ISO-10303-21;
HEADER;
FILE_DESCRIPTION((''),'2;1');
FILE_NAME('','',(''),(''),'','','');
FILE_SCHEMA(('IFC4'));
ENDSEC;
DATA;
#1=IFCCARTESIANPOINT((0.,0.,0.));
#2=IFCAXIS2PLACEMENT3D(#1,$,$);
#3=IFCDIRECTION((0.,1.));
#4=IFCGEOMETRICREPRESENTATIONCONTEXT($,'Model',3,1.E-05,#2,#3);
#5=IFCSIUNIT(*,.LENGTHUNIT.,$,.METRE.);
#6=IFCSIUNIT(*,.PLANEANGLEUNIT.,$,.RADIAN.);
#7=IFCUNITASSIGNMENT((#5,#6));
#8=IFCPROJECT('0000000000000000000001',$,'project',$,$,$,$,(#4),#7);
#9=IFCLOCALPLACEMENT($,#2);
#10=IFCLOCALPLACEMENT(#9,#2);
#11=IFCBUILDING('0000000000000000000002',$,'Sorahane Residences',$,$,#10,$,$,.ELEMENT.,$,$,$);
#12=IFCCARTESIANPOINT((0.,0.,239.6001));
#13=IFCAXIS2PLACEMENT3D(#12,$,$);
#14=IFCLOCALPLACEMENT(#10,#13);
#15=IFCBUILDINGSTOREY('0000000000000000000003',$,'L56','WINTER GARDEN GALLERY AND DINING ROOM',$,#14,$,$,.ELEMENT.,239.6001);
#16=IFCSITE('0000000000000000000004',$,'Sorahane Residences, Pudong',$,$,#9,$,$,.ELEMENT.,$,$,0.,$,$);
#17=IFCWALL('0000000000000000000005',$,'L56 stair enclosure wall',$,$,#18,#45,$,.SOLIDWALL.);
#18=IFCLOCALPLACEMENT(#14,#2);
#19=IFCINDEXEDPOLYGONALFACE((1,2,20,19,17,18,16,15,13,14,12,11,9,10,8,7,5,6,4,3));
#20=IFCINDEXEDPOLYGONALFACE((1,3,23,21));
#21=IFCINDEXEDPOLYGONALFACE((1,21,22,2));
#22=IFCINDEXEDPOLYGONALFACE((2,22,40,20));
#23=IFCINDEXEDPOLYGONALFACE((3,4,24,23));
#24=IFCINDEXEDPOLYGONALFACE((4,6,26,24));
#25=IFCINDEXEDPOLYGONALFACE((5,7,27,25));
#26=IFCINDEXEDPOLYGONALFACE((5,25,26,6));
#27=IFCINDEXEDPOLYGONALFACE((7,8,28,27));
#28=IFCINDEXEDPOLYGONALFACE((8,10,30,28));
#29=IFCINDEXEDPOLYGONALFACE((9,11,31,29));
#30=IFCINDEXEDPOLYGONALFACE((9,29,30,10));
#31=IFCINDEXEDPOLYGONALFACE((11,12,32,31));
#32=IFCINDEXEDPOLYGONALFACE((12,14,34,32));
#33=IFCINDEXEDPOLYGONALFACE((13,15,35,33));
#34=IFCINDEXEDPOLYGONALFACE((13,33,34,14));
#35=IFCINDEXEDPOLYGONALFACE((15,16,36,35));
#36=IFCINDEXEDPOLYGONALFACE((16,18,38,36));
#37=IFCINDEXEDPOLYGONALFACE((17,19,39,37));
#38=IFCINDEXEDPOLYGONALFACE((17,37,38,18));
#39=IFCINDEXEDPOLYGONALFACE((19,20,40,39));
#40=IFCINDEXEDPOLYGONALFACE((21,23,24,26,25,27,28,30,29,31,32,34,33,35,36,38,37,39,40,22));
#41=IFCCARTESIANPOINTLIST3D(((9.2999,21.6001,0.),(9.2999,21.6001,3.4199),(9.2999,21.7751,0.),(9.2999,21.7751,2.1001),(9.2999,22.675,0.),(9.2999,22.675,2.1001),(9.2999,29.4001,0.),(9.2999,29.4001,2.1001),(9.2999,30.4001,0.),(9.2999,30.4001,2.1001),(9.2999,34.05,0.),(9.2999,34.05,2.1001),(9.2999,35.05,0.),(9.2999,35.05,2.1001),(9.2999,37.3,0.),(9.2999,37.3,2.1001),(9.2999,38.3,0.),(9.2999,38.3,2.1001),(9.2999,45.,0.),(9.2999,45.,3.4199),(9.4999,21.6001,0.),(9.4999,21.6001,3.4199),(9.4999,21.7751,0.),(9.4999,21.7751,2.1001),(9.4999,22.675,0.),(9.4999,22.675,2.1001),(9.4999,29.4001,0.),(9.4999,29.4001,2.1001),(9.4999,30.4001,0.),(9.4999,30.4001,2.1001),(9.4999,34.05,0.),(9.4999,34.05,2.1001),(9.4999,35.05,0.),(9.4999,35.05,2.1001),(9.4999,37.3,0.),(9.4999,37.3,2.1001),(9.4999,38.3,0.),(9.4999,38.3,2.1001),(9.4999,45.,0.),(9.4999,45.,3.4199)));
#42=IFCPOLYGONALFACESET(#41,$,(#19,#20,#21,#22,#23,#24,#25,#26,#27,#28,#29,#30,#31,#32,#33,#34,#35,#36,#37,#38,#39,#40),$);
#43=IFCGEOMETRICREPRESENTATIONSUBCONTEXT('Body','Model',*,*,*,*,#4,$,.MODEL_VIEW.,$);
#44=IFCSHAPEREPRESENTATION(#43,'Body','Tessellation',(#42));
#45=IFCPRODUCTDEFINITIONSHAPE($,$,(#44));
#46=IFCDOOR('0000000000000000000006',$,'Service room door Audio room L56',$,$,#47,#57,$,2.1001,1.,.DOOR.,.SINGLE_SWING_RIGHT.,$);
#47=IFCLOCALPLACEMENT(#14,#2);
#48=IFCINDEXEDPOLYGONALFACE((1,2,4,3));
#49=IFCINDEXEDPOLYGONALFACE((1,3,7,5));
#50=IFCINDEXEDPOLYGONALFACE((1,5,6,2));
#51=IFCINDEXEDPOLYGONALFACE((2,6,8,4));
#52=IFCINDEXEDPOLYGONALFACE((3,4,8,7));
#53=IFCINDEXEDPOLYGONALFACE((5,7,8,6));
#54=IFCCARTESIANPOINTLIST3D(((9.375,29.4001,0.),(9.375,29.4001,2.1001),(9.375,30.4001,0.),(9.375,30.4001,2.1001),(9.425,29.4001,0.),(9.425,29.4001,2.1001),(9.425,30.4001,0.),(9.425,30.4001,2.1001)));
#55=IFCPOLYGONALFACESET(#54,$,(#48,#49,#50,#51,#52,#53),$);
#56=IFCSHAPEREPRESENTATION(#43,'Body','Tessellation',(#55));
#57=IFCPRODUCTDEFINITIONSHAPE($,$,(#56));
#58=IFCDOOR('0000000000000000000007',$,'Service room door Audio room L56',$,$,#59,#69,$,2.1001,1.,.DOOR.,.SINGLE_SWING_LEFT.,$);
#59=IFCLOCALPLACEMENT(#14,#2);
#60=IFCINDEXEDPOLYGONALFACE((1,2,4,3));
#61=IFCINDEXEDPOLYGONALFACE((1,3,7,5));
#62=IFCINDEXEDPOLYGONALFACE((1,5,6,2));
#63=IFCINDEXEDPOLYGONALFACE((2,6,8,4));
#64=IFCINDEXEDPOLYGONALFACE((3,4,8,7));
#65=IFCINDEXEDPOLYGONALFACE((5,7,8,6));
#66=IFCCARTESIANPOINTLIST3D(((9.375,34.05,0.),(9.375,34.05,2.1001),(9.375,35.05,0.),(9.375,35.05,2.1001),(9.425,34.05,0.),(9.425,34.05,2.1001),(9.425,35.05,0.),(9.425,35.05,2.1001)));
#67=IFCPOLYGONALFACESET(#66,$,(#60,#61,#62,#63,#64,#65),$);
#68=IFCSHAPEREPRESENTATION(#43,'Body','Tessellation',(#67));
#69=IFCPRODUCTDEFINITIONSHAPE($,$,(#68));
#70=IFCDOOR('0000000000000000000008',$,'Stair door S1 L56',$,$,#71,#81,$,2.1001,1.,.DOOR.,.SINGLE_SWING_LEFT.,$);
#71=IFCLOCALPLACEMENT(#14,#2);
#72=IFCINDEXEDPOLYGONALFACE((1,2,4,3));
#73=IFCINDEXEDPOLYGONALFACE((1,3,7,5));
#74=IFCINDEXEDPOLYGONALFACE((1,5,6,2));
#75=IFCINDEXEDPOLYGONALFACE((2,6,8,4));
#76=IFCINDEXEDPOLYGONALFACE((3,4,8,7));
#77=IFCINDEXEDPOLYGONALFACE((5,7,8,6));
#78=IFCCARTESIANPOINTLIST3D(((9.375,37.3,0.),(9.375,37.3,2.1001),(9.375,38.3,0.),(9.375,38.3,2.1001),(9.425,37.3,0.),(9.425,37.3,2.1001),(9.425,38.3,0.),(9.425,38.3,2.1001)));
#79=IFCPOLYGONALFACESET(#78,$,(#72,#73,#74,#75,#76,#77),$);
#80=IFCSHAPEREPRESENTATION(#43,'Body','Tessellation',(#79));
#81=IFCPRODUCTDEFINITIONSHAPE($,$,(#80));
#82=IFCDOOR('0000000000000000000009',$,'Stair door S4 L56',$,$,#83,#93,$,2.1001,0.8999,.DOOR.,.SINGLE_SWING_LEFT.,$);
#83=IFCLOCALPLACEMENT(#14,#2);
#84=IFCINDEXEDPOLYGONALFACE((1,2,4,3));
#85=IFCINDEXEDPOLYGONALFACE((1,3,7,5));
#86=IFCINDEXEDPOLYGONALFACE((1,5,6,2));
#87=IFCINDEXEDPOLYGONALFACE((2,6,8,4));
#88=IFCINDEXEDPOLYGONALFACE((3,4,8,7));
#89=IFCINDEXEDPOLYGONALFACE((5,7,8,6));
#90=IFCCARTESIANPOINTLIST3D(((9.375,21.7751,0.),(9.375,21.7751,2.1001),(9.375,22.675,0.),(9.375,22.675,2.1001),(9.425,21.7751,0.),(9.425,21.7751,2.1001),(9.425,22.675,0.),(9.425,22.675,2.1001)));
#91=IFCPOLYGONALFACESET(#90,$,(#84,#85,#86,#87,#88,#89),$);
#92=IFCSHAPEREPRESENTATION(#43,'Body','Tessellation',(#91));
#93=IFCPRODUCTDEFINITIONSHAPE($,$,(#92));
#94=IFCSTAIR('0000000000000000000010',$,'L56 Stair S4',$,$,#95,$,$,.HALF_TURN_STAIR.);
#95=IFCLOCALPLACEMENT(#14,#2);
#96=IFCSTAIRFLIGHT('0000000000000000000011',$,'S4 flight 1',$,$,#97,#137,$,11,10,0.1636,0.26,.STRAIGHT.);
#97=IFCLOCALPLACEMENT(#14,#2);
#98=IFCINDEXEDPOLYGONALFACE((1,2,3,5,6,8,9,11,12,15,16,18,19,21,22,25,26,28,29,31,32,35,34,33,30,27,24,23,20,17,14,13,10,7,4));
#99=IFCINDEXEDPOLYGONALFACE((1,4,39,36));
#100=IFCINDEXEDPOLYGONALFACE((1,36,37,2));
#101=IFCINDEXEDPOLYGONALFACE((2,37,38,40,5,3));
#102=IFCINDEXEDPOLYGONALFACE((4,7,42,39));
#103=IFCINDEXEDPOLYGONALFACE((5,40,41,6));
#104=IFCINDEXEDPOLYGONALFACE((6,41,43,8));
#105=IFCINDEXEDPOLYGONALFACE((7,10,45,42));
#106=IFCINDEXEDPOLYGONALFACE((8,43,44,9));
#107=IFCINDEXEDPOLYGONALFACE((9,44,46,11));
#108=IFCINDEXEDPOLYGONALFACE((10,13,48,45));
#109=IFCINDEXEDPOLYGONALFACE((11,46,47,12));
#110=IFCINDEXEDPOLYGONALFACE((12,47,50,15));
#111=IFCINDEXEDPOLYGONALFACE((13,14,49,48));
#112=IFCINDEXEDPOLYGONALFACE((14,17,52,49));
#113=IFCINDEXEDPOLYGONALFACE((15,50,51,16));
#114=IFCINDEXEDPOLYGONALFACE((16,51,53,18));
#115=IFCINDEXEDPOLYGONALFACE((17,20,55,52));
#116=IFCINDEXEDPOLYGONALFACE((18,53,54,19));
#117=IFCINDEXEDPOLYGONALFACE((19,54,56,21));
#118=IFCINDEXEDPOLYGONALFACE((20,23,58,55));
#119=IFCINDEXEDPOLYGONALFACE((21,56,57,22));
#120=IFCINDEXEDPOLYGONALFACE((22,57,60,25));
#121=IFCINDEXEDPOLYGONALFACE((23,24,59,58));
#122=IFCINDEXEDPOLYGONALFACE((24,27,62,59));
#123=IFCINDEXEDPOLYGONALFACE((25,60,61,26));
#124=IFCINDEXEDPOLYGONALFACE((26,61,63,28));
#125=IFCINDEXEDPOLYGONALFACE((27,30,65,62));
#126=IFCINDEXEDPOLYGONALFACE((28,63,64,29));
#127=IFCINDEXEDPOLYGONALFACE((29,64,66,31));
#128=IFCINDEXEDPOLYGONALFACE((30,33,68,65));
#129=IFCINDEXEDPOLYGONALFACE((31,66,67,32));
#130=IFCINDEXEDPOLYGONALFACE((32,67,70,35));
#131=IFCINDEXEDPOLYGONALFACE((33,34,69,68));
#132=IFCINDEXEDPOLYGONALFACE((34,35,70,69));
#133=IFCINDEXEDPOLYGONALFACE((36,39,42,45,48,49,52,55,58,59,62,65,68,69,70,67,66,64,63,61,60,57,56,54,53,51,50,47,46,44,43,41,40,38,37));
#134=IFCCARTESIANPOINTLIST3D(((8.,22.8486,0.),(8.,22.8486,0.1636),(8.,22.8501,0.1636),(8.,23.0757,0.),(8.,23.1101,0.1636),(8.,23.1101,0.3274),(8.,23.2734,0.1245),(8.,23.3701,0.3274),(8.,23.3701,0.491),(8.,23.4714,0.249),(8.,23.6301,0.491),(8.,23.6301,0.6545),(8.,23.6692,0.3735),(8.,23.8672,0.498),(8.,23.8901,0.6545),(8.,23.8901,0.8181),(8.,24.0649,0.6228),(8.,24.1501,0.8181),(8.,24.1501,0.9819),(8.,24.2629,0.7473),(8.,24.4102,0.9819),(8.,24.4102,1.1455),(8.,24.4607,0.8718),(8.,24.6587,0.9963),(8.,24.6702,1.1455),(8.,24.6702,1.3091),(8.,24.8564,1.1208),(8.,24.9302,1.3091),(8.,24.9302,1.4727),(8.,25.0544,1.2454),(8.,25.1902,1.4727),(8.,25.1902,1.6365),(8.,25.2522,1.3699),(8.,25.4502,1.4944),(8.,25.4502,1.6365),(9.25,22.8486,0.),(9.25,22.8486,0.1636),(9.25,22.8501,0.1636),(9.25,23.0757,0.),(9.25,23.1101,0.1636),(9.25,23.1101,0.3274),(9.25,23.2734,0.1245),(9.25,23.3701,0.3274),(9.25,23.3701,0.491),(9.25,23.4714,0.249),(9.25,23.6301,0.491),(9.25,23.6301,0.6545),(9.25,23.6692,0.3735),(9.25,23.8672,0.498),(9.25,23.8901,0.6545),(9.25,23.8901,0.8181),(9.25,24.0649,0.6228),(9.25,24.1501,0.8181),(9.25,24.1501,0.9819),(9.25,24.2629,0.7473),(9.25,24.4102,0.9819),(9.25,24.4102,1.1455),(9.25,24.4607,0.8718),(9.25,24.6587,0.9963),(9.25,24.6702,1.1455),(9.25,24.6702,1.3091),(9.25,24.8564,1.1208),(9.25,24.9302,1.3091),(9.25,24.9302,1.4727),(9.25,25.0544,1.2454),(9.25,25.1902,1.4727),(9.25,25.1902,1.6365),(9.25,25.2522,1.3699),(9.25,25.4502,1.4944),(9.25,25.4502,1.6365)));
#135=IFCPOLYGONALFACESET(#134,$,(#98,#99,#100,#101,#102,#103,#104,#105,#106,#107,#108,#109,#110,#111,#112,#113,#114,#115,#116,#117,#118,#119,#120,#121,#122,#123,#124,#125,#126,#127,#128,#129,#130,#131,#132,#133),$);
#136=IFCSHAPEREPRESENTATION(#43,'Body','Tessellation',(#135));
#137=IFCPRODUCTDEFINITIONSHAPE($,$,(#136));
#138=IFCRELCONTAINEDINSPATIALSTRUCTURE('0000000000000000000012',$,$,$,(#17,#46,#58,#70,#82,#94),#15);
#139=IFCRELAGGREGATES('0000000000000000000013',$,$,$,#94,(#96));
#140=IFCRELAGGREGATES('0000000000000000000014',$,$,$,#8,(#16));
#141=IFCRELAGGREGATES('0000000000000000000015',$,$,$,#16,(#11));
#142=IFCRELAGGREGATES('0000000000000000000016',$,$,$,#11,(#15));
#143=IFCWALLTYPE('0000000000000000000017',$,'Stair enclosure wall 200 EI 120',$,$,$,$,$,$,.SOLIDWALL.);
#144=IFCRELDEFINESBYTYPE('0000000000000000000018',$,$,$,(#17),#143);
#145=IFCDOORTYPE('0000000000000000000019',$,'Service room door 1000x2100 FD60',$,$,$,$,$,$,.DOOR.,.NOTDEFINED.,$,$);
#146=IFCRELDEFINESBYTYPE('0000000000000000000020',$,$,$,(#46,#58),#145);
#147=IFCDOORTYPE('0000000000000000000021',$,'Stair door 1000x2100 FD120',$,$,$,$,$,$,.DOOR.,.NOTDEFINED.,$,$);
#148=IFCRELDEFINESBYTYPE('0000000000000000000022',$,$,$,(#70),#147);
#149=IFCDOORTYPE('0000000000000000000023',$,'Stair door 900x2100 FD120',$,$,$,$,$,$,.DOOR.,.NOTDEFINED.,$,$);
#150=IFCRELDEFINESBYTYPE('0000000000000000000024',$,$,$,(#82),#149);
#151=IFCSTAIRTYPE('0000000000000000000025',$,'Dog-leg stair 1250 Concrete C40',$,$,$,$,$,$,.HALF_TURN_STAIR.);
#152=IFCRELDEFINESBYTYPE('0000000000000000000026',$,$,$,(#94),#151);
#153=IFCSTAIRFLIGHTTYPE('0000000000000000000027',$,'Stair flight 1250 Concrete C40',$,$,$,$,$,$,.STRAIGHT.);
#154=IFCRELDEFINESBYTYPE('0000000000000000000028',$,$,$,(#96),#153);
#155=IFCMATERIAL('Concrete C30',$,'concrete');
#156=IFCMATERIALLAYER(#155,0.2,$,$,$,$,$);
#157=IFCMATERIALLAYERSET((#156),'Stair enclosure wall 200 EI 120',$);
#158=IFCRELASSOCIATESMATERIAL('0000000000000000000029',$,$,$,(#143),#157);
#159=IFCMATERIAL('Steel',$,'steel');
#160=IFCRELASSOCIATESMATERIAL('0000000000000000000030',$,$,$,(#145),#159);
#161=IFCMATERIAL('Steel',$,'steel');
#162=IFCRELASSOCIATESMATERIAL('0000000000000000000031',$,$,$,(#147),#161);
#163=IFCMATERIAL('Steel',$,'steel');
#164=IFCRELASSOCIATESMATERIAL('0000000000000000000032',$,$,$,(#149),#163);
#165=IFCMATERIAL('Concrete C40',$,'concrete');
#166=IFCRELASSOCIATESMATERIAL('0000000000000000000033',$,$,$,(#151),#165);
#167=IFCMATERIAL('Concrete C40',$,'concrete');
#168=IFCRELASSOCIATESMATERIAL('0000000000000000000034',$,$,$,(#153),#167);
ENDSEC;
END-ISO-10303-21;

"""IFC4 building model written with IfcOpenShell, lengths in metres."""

from ifc_helpers import new_model, si_unit, direction, frame, frame_2d, origin, place, context, subcontext, project, spatial, polyline, rectangle, outline, extrude, material, layer, layer_set, type_object, element, fill, aggregate, save


model = new_model("IFC4")

# Units and contexts
model_context = context("Model", 3, precision=1e-05, world=origin(), true_north=direction((0.0, 1.0)))
body_context = subcontext(model_context, "Body", "Model", "MODEL_VIEW")
ifc_project = project(units=[si_unit("LENGTHUNIT", "METRE"), si_unit("PLANEANGLEUNIT", "RADIAN")], contexts=[model_context])

# Site, building, storey
site_placement = place(None, origin())
site = spatial("IfcSite", under=ifc_project, at=site_placement, Name="Sorahane Residences, Pudong", CompositionType="ELEMENT", RefElevation=0.0)
building_placement = place(site_placement, origin())
building = spatial("IfcBuilding", under=site, at=building_placement, Name="Sorahane Residences", CompositionType="ELEMENT")
storey_placement = place(building_placement, frame((0.0, 0.0, 239.6001)))
storey = spatial("IfcBuildingStorey", under=building, at=storey_placement, Name="L56", Description="WINTER GARDEN GALLERY AND DINING ROOM", CompositionType="ELEMENT", Elevation=239.6001)

# Wall, openings, doors
ifc_material_1 = material(Name="Concrete C30", Category="concrete")
ifc_layer_1 = layer(ifc_material_1, 0.2)
ifc_layer_set_1 = layer_set([ifc_layer_1], Name="Stair enclosure wall 200 EI 120")
wall_type_1 = type_object("IfcWallType", Name="Stair enclosure wall 200 EI 120", PredefinedType="SOLIDWALL", material=ifc_layer_set_1)
wall_1_placement = place(storey_placement, frame((9.3999, 21.6001, 0.0), z_axis=(0.0, 0.0, 1.0), x_axis=(0.0, 1.0, 0.0)))
wall_1 = element("IfcWall", 1, at=wall_1_placement, inside=storey, type_object=wall_type_1, Name="L56 stair enclosure wall", PredefinedType="SOLIDWALL", context=body_context, shape_type="SweptSolid", body=[
    extrude(rectangle(XDim=23.3999, YDim=0.2, at=frame_2d((11.7, 0.0))), origin(), (0.0, 0.0, 1.0), 3.4199),
])
opening_1_placement = place(wall_1_placement, frame((7.8, 0.0, 0.0)))
opening_1 = element("IfcOpeningElement", 2, at=opening_1_placement, cuts=wall_1, PredefinedType="OPENING", context=body_context, shape_type="SweptSolid", body=[
    extrude(rectangle(XDim=1.0, YDim=2.1001, at=frame_2d((0.5, 1.05))), frame((0.0, 0.1099, 0.0), z_axis=(0.0, -1.0, 0.0), x_axis=(1.0, 0.0, 0.0)), (0.0, 0.0, 1.0), 0.22),
])
opening_2_placement = place(wall_1_placement, frame((12.45, 0.0, 0.0)))
opening_2 = element("IfcOpeningElement", 3, at=opening_2_placement, cuts=wall_1, PredefinedType="OPENING", context=body_context, shape_type="SweptSolid", body=[
    extrude(rectangle(XDim=1.0, YDim=2.1001, at=frame_2d((0.5, 1.05))), frame((0.0, 0.1099, 0.0), z_axis=(0.0, -1.0, 0.0), x_axis=(1.0, 0.0, 0.0)), (0.0, 0.0, 1.0), 0.22),
])
opening_3_placement = place(wall_1_placement, frame((15.7, 0.0, 0.0)))
opening_3 = element("IfcOpeningElement", 4, at=opening_3_placement, cuts=wall_1, PredefinedType="OPENING", context=body_context, shape_type="SweptSolid", body=[
    extrude(rectangle(XDim=1.0, YDim=2.1001, at=frame_2d((0.5, 1.05))), frame((0.0, 0.1099, 0.0), z_axis=(0.0, -1.0, 0.0), x_axis=(1.0, 0.0, 0.0)), (0.0, 0.0, 1.0), 0.22),
])
opening_4_placement = place(wall_1_placement, frame((0.175, 0.0, 0.0)))
opening_4 = element("IfcOpeningElement", 5, at=opening_4_placement, cuts=wall_1, PredefinedType="OPENING", context=body_context, shape_type="SweptSolid", body=[
    extrude(rectangle(XDim=0.8999, YDim=2.1001, at=frame_2d((0.45, 1.05))), frame((0.0, 0.1099, 0.0), z_axis=(0.0, -1.0, 0.0), x_axis=(1.0, 0.0, 0.0)), (0.0, 0.0, 1.0), 0.22),
])
ifc_material_2 = material(Name="Steel", Category="steel")
door_type_1 = type_object("IfcDoorType", Name="Service room door 1000x2100 FD60", OperationType="NOTDEFINED", PredefinedType="DOOR", material=ifc_material_2)
door_1_placement = place(opening_1_placement, origin())
door_1 = element("IfcDoor", 6, at=door_1_placement, inside=storey, type_object=door_type_1, Name="Service room door Audio room L56", OperationType="SINGLE_SWING_RIGHT", OverallHeight=2.1001, OverallWidth=1.0, PredefinedType="DOOR", context=body_context, shape_type="SweptSolid", body=[
    extrude(rectangle(XDim=1.0, YDim=2.1001, at=frame_2d((0.5, 1.05))), frame((0.0, 0.0249, 0.0), z_axis=(0.0, -1.0, 0.0), x_axis=(1.0, 0.0, 0.0)), (0.0, 0.0, 1.0), 0.05),
])
fill(opening_1, door_1)
door_2_placement = place(opening_2_placement, origin())
door_2 = element("IfcDoor", 7, at=door_2_placement, inside=storey, type_object=door_type_1, Name="Service room door Audio room L56", OperationType="SINGLE_SWING_LEFT", OverallHeight=2.1001, OverallWidth=1.0, PredefinedType="DOOR", context=body_context, shape_type="SweptSolid", body=[
    extrude(rectangle(XDim=1.0, YDim=2.1001, at=frame_2d((0.5, 1.05))), frame((0.0, 0.0249, 0.0), z_axis=(0.0, -1.0, 0.0), x_axis=(1.0, 0.0, 0.0)), (0.0, 0.0, 1.0), 0.05),
])
fill(opening_2, door_2)
ifc_material_3 = material(Name="Steel", Category="steel")
door_type_2 = type_object("IfcDoorType", Name="Stair door 1000x2100 FD120", OperationType="NOTDEFINED", PredefinedType="DOOR", material=ifc_material_3)
door_3_placement = place(opening_3_placement, origin())
door_3 = element("IfcDoor", 8, at=door_3_placement, inside=storey, type_object=door_type_2, Name="Stair door S1 L56", OperationType="SINGLE_SWING_LEFT", OverallHeight=2.1001, OverallWidth=1.0, PredefinedType="DOOR", context=body_context, shape_type="SweptSolid", body=[
    extrude(rectangle(XDim=1.0, YDim=2.1001, at=frame_2d((0.5, 1.05))), frame((0.0, 0.0249, 0.0), z_axis=(0.0, -1.0, 0.0), x_axis=(1.0, 0.0, 0.0)), (0.0, 0.0, 1.0), 0.05),
])
fill(opening_3, door_3)
ifc_material_4 = material(Name="Steel", Category="steel")
door_type_3 = type_object("IfcDoorType", Name="Stair door 900x2100 FD120", OperationType="NOTDEFINED", PredefinedType="DOOR", material=ifc_material_4)
door_4_placement = place(opening_4_placement, origin())
door_4 = element("IfcDoor", 9, at=door_4_placement, inside=storey, type_object=door_type_3, Name="Stair door S4 L56", OperationType="SINGLE_SWING_LEFT", OverallHeight=2.1001, OverallWidth=0.8999, PredefinedType="DOOR", context=body_context, shape_type="SweptSolid", body=[
    extrude(rectangle(XDim=0.8999, YDim=2.1001, at=frame_2d((0.45, 1.05))), frame((0.0, 0.0249, 0.0), z_axis=(0.0, -1.0, 0.0), x_axis=(1.0, 0.0, 0.0)), (0.0, 0.0, 1.0), 0.05),
])
fill(opening_4, door_4)

# Stair, stair flight
ifc_material_5 = material(Name="Concrete C40", Category="concrete")
stair_type = type_object("IfcStairType", Name="Dog-leg stair 1250 Concrete C40", PredefinedType="HALF_TURN_STAIR", material=ifc_material_5)
stair_placement = place(storey_placement, origin())
stair = element("IfcStair", 10, at=stair_placement, inside=storey, type_object=stair_type, Name="L56 Stair S4", PredefinedType="HALF_TURN_STAIR")
ifc_material_6 = material(Name="Concrete C40", Category="concrete")
stair_flight_type = type_object("IfcStairFlightType", Name="Stair flight 1250 Concrete C40", PredefinedType="STRAIGHT", material=ifc_material_6)
stair_flight_placement = place(storey_placement, frame((8.625, 22.8501, 0.0), z_axis=(0.0, 0.0, 1.0), x_axis=(0.0, 1.0, 0.0)))
stair_flight = element("IfcStairFlight", 11, at=stair_flight_placement, type_object=stair_flight_type, Name="S4 flight 1", NumberOfRisers=11, NumberOfTreads=10, PredefinedType="STRAIGHT", RiserHeight=0.1636, TreadLength=0.26, context=body_context, shape_type="SweptSolid", body=[
    extrude(outline(polyline([(-0.0015, 0.0), (-0.0015, 0.1636), (0.0, 0.1636), (0.26, 0.1636), (0.26, 0.3274), (0.52, 0.3274), (0.52, 0.491), (0.78, 0.491), (0.78, 0.6545), (1.04, 0.6545), (1.04, 0.8181), (1.3, 0.8181), (1.3, 0.9819), (1.5601, 0.9819), (1.5601, 1.1455), (1.8201, 1.1455), (1.8201, 1.3091), (2.0801, 1.3091), (2.0801, 1.4727), (2.3401, 1.4727), (2.3401, 1.6365), (2.6001, 1.6365), (2.6001, 1.8), (2.6001, 1.4944), (2.4021, 1.3699), (2.2043, 1.2454), (2.0063, 1.1208), (1.8086, 0.9963), (1.6106, 0.8718), (1.4128, 0.7473), (1.2148, 0.6228), (1.0171, 0.498), (0.8191, 0.3735), (0.6213, 0.249), (0.4233, 0.1245), (0.2256, 0.0), (-0.0015, 0.0)])), frame((0.0, 0.625, 0.0), z_axis=(0.0, -1.0, 0.0), x_axis=(1.0, 0.0, 0.0)), (0.0, 0.0, 1.0), 1.25),
])
aggregate(stair, [stair_flight])

save(model, "model.ifc")
